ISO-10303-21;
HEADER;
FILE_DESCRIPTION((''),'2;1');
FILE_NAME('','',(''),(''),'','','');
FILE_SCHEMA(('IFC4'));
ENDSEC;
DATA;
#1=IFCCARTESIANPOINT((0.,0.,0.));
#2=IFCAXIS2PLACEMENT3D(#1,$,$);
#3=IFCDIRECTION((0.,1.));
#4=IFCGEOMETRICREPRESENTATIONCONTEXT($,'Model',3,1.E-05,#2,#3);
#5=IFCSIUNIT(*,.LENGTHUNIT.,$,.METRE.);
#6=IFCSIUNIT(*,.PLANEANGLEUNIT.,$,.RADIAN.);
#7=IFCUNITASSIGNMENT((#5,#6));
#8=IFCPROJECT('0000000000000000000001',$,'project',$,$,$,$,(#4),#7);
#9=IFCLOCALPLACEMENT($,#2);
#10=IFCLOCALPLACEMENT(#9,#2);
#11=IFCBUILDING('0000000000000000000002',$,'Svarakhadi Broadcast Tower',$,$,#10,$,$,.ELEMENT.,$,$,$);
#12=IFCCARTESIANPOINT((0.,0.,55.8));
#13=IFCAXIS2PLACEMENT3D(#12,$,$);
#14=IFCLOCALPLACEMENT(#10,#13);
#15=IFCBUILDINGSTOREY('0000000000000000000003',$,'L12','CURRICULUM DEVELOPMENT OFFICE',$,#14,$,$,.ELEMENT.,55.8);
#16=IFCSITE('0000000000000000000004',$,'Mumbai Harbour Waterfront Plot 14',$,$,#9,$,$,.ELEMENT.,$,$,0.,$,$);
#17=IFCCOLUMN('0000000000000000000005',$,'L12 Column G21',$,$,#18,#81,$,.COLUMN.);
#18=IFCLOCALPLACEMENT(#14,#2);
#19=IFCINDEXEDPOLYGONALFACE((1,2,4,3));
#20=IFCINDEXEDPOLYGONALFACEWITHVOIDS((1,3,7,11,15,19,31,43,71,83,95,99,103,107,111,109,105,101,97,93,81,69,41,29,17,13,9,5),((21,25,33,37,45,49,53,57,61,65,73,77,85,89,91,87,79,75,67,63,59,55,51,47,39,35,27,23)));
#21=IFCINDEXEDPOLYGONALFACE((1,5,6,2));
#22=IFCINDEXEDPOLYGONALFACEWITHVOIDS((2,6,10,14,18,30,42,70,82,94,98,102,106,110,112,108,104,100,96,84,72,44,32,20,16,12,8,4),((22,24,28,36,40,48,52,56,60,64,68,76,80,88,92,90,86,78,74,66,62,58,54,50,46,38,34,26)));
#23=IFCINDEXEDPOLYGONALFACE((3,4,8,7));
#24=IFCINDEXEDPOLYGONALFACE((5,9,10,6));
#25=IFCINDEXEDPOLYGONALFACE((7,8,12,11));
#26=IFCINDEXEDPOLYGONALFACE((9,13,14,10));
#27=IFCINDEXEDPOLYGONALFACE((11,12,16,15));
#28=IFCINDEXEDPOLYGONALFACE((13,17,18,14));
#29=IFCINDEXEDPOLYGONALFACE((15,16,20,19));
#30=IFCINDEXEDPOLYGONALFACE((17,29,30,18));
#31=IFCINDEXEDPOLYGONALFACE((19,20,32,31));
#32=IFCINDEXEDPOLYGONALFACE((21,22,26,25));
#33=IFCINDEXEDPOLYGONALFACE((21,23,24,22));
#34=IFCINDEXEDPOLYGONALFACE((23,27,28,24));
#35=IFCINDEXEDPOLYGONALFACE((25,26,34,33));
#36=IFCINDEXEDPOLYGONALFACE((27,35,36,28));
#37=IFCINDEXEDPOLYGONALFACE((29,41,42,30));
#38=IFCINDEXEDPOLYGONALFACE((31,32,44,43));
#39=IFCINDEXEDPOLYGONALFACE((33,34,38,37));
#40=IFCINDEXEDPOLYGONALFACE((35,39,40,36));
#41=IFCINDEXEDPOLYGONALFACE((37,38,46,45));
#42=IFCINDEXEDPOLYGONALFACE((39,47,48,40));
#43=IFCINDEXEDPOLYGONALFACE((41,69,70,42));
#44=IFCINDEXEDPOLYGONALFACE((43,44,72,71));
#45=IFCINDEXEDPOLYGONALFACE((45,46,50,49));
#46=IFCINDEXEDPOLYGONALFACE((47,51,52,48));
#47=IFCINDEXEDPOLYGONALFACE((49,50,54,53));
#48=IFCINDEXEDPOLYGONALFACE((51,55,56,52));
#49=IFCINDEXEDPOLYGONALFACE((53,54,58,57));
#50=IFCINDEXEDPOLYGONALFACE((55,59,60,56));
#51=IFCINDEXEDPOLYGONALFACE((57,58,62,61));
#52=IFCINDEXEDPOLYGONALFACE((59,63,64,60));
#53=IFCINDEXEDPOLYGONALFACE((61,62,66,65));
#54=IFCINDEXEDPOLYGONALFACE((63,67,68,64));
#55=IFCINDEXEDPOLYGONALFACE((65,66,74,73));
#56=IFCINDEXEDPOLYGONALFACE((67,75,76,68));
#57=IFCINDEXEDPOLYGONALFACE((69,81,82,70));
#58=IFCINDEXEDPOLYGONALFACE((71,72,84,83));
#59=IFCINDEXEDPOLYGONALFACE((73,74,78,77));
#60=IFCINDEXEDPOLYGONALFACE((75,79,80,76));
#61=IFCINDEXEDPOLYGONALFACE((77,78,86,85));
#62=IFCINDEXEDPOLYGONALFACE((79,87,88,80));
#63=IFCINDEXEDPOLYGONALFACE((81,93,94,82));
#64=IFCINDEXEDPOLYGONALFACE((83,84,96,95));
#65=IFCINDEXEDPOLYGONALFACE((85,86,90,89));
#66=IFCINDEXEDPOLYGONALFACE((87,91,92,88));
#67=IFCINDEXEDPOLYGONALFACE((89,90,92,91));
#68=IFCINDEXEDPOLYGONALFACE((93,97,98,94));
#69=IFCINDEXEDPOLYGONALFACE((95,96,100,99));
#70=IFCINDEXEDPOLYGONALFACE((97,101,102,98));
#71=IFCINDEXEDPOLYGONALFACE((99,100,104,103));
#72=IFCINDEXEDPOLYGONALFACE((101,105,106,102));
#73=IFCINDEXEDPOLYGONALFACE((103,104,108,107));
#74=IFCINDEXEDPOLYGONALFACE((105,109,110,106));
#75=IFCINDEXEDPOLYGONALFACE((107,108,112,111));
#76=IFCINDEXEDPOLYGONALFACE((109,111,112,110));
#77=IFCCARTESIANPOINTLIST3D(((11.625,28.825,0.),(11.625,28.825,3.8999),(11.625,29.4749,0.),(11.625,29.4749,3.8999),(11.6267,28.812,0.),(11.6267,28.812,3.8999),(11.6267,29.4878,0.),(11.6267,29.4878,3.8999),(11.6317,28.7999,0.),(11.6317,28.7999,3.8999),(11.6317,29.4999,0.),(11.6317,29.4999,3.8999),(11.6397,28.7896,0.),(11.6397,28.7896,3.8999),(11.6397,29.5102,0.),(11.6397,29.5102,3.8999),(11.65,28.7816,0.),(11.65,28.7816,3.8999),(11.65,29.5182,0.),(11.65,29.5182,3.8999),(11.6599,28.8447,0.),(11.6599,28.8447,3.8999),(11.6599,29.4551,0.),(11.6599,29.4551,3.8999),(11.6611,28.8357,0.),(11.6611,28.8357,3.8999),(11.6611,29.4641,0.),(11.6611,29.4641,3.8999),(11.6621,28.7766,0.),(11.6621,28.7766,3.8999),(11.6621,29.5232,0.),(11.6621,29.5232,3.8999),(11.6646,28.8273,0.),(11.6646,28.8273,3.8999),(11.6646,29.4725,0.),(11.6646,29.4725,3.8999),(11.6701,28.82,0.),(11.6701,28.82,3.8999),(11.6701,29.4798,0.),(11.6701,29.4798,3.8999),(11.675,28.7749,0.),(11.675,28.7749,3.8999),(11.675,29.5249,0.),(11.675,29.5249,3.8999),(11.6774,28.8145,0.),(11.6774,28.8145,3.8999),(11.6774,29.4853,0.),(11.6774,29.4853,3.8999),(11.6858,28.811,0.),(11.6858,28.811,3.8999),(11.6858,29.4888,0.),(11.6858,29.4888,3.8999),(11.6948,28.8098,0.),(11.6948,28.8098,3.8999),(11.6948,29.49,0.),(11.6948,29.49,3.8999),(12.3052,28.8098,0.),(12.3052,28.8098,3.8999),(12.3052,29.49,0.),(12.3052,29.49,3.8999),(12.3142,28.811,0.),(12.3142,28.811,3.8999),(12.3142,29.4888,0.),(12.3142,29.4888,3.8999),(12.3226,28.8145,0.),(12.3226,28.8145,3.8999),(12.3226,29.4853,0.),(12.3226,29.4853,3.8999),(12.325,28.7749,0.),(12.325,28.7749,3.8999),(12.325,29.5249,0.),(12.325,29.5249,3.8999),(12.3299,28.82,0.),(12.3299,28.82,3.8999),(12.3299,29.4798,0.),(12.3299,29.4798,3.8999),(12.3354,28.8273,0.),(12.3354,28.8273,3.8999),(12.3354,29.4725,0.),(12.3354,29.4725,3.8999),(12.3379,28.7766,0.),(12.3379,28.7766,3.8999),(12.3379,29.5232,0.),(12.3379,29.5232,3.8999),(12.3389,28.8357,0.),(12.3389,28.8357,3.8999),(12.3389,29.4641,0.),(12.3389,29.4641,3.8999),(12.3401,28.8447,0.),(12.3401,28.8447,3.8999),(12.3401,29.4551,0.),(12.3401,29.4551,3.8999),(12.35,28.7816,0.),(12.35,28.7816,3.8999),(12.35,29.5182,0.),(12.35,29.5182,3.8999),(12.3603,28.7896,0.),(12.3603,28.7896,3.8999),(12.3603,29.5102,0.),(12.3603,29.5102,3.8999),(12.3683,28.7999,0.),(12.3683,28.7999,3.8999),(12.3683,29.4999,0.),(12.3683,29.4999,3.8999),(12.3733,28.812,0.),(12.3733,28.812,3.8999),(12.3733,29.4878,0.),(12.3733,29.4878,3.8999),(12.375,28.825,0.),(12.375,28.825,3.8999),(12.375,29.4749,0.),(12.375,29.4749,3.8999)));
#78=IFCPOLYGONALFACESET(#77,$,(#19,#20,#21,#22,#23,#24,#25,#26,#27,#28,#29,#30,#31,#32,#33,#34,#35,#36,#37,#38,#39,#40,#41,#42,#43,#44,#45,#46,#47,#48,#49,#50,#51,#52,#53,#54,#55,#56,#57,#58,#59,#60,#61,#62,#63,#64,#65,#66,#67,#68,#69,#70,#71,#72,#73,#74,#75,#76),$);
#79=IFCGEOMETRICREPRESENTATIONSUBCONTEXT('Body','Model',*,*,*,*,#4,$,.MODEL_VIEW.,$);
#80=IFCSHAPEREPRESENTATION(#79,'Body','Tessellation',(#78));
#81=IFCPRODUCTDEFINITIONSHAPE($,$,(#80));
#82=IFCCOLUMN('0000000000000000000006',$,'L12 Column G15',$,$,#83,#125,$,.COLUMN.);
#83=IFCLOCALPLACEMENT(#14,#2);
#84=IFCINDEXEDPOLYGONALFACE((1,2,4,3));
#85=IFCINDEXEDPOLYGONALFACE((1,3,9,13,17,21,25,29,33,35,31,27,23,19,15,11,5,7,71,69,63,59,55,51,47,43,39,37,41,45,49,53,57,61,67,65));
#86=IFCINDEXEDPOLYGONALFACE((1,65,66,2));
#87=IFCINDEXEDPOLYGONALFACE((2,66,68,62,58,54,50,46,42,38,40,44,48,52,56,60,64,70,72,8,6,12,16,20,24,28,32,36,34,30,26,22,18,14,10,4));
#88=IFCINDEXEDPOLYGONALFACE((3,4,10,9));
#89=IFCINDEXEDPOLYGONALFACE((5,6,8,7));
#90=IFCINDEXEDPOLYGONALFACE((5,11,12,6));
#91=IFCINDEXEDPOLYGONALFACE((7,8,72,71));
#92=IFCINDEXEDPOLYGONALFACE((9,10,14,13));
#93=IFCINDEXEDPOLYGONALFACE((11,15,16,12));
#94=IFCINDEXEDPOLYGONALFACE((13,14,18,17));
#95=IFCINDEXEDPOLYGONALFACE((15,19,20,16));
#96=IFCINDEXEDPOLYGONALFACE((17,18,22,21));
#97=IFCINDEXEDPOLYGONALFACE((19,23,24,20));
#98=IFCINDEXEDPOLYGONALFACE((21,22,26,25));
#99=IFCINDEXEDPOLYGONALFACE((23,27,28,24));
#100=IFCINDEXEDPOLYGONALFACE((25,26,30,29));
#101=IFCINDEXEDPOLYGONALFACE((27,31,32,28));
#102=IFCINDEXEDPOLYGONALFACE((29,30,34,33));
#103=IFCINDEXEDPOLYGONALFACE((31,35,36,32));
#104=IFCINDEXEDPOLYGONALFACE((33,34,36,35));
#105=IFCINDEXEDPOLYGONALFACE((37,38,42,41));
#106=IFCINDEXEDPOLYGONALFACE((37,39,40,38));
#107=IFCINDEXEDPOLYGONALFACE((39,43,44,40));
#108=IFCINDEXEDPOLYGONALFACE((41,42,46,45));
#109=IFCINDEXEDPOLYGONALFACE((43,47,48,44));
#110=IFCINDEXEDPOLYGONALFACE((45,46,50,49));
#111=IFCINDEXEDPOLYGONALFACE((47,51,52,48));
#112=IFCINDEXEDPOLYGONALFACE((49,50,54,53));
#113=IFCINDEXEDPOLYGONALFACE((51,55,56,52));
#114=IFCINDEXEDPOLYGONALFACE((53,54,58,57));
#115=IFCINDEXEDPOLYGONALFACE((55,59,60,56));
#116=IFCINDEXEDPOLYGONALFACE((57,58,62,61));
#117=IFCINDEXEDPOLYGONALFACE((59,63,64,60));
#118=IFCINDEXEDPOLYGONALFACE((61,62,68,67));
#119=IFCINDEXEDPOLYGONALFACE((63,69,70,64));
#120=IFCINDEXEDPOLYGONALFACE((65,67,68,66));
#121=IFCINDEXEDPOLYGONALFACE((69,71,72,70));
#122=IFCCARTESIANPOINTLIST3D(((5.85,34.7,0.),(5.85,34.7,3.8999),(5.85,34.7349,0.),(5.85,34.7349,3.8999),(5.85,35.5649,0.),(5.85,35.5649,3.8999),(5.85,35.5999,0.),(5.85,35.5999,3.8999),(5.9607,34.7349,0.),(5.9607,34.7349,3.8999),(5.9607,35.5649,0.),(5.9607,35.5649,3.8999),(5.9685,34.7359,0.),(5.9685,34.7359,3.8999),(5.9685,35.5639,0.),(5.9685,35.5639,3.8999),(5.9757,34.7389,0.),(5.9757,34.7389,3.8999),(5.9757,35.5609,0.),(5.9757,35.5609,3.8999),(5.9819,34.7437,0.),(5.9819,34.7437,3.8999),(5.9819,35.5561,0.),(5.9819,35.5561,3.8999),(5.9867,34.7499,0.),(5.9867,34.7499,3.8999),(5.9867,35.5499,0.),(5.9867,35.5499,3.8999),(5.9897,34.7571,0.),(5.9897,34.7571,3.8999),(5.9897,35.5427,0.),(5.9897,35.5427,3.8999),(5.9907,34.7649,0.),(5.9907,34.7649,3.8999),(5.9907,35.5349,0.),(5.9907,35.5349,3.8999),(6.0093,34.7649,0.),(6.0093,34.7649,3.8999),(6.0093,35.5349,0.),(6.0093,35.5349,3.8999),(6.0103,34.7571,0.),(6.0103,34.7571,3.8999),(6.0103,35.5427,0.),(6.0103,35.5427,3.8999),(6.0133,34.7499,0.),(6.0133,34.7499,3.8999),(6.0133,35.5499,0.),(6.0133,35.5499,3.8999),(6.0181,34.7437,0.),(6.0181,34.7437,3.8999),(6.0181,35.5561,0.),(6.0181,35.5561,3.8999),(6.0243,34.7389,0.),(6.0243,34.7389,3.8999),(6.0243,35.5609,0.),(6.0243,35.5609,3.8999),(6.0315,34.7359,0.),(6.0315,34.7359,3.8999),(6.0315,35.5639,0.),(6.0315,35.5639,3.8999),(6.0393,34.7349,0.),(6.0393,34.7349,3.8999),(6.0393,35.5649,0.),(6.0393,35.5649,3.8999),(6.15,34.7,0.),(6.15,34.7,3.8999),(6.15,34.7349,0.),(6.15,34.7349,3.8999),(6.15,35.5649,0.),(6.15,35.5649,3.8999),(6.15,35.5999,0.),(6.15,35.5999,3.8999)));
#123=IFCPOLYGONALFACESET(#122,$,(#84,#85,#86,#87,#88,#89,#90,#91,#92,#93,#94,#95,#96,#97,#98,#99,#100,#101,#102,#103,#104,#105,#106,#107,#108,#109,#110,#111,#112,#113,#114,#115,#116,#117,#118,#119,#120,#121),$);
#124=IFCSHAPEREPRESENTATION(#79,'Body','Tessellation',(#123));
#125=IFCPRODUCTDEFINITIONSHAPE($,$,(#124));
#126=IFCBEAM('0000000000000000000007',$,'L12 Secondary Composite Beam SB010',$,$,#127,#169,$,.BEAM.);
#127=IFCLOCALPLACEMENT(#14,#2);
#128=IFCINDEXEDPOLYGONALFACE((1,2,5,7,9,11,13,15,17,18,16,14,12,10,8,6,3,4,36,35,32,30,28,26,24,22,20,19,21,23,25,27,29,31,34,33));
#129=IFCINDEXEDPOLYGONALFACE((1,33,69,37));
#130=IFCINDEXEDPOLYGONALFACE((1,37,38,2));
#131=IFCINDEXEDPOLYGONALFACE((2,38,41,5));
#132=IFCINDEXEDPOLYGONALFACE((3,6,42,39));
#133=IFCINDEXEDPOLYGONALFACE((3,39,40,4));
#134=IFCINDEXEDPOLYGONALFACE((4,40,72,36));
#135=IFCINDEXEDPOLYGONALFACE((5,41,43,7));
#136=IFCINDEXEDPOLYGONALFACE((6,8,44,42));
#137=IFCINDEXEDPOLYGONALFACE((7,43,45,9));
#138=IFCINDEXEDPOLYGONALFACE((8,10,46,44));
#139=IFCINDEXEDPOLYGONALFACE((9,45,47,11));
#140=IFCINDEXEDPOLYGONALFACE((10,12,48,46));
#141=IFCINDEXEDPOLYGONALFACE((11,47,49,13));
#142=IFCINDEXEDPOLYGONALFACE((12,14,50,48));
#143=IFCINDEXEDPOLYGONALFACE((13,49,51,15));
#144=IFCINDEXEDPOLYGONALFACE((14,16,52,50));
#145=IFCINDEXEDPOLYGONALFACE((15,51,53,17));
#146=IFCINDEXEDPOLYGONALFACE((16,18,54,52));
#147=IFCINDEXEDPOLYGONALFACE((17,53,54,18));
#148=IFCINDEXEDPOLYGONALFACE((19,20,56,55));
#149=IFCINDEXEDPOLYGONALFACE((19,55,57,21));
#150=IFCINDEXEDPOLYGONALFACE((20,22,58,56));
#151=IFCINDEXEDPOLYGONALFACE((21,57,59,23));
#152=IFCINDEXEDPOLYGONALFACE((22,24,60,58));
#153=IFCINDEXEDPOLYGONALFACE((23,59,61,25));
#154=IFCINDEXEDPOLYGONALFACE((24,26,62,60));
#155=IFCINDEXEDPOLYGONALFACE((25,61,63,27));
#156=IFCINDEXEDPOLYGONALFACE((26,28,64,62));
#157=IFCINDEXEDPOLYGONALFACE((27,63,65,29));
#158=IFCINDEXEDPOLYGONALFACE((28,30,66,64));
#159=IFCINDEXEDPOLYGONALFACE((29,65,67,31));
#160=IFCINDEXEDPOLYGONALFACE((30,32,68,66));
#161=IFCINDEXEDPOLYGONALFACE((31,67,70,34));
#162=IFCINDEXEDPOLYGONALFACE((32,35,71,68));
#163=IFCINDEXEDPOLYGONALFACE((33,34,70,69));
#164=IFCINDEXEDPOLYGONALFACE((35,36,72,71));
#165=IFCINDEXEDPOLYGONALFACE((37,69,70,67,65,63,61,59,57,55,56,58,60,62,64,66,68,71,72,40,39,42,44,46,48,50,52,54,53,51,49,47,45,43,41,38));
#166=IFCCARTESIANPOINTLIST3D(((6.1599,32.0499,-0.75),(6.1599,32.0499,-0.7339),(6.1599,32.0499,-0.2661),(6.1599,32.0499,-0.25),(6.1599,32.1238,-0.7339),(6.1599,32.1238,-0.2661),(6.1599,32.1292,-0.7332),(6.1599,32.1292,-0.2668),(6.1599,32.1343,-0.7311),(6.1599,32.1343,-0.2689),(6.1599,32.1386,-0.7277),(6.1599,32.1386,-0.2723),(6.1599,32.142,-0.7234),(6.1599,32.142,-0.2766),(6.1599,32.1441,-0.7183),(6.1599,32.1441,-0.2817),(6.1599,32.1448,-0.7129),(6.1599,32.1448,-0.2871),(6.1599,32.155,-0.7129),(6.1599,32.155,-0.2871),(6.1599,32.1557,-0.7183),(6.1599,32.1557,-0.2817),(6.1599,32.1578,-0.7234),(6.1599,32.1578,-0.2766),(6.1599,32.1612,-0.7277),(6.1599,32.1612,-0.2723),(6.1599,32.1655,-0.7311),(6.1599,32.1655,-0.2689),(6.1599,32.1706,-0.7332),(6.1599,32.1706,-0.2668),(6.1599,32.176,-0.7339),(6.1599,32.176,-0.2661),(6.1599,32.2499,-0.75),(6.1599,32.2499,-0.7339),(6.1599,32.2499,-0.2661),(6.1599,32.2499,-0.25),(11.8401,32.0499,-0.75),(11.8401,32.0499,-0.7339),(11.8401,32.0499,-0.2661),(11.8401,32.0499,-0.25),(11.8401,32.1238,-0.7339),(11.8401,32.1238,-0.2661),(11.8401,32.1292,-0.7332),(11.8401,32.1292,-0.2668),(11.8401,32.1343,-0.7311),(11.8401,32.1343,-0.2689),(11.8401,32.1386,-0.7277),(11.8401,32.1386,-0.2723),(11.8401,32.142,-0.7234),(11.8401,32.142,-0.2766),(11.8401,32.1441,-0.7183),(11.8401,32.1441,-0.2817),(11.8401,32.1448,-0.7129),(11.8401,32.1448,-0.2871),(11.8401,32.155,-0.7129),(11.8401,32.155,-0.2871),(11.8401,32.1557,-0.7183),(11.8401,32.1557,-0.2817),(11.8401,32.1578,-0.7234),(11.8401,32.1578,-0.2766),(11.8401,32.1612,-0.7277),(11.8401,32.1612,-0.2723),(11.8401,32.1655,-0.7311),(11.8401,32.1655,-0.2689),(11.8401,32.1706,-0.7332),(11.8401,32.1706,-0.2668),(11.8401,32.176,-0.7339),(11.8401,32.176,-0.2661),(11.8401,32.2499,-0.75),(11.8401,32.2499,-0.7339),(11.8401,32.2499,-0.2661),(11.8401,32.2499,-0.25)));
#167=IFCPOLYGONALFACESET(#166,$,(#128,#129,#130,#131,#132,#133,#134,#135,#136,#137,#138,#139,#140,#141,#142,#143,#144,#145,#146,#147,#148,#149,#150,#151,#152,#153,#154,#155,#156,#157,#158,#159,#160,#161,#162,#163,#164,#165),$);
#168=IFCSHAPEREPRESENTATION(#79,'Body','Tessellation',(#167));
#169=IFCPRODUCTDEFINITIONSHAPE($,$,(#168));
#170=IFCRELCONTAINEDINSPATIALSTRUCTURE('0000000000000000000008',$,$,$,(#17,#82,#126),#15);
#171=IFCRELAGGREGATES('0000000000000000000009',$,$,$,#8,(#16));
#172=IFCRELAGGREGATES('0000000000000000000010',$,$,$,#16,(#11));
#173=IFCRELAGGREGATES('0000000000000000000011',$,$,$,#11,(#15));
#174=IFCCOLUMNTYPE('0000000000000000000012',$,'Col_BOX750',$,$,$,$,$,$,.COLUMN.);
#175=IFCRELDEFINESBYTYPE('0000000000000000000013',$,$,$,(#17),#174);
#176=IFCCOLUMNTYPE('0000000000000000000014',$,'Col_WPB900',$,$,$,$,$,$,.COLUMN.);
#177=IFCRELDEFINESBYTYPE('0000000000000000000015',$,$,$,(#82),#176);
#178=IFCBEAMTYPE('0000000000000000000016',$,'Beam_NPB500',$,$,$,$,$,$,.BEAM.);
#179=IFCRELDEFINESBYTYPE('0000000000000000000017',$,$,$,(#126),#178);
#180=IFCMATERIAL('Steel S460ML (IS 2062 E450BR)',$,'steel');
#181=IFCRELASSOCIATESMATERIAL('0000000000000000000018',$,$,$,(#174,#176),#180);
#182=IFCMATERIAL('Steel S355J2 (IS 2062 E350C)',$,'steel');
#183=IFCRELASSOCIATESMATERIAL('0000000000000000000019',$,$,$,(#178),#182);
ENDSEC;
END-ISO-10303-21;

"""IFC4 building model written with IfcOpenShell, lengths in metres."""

from ifc_helpers import new_model, si_unit, direction, frame, origin, origin_2d, place, context, subcontext, project, spatial, hollow_rectangle, i_section, extrude, material, material_profile, profile_set, type_object, element, save


model = new_model("IFC4")

# Units and contexts
model_context = context("Model", 3, precision=1e-05, world=origin(), true_north=direction((0.0, 1.0)))
body_context = subcontext(model_context, "Body", "Model", "MODEL_VIEW")
ifc_project = project(units=[si_unit("LENGTHUNIT", "METRE"), si_unit("PLANEANGLEUNIT", "RADIAN")], contexts=[model_context])

# Site, building, storey
site_placement = place(None, origin())
site = spatial("IfcSite", under=ifc_project, at=site_placement, Name="Mumbai Harbour Waterfront Plot 14", CompositionType="ELEMENT", RefElevation=0.0)
building_placement = place(site_placement, origin())
building = spatial("IfcBuilding", under=site, at=building_placement, Name="Svarakhadi Broadcast Tower", CompositionType="ELEMENT")
storey_placement = place(building_placement, frame((0.0, 0.0, 55.8)))
storey = spatial("IfcBuildingStorey", under=building, at=storey_placement, Name="L12", Description="CURRICULUM DEVELOPMENT OFFICE", CompositionType="ELEMENT", Elevation=55.8)

# Columns
ifc_material_1 = material(Name="Steel S460ML (IS 2062 E450BR)", Category="steel")
ifc_material_profile_1 = material_profile(ifc_material_1, hollow_rectangle(XDim=0.75, YDim=0.75, WallThickness=0.0349, InnerFilletRadius=0.0349, OuterFilletRadius=0.05, at=origin_2d()), Name="BOX 750x750x35")
ifc_profile_set_1 = profile_set([ifc_material_profile_1], Name="Steel S460ML (IS 2062 E450BR)")
column_type_1 = type_object("IfcColumnType", Name="Col_BOX750", PredefinedType="COLUMN", material=ifc_profile_set_1)
column_1_placement = place(storey_placement, frame((12.0, 29.1499, 0.0), z_axis=(0.0, 0.0, 1.0), x_axis=(1.0, 0.0, 0.0)))
element("IfcColumn", 1, at=column_1_placement, inside=storey, type_object=column_type_1, Name="L12 Column G21", PredefinedType="COLUMN", context=body_context, shape_type="SweptSolid", body=[
    extrude(hollow_rectangle(XDim=0.75, YDim=0.75, WallThickness=0.0349, InnerFilletRadius=0.0349, OuterFilletRadius=0.05, at=origin_2d()), origin(), (0.0, 0.0, 1.0), 3.8999),
])
ifc_material_profile_2 = material_profile(ifc_material_1, i_section(OverallWidth=0.3, OverallDepth=0.8999, WebThickness=0.0186, FlangeThickness=0.0349, FilletRadius=0.03, at=origin_2d()), Name="WPB 900x300x291")
ifc_profile_set_2 = profile_set([ifc_material_profile_2], Name="Steel S460ML (IS 2062 E450BR)")
column_type_2 = type_object("IfcColumnType", Name="Col_WPB900", PredefinedType="COLUMN", material=ifc_profile_set_2)
column_2_placement = place(storey_placement, frame((6.0, 35.1499, 0.0), z_axis=(0.0, 0.0, 1.0), x_axis=(1.0, 0.0, 0.0)))
element("IfcColumn", 2, at=column_2_placement, inside=storey, type_object=column_type_2, Name="L12 Column G15", PredefinedType="COLUMN", context=body_context, shape_type="SweptSolid", body=[
    extrude(i_section(OverallWidth=0.3, OverallDepth=0.8999, WebThickness=0.0186, FlangeThickness=0.0349, FilletRadius=0.03, at=origin_2d()), origin(), (0.0, 0.0, 1.0), 3.8999),
])

# Beam
ifc_material_2 = material(Name="Steel S355J2 (IS 2062 E350C)", Category="steel")
ifc_material_profile_3 = material_profile(ifc_material_2, i_section(OverallWidth=0.2, OverallDepth=0.5, WebThickness=0.0103, FlangeThickness=0.0161, FilletRadius=0.021, at=origin_2d()), Name="NPB 500x200x91")
ifc_profile_set_3 = profile_set([ifc_material_profile_3], Name="Steel S355J2 (IS 2062 E350C)")
beam_type_1 = type_object("IfcBeamType", Name="Beam_NPB500", PredefinedType="BEAM", material=ifc_profile_set_3)
beam_placement = place(storey_placement, frame((6.1599, 32.1499, -0.5), z_axis=(1.0, 0.0, 0.0), x_axis=(0.0, 1.0, 0.0)))
element("IfcBeam", 3, at=beam_placement, inside=storey, type_object=beam_type_1, Name="L12 Secondary Composite Beam SB010", PredefinedType="BEAM", context=body_context, shape_type="SweptSolid", body=[
    extrude(i_section(OverallWidth=0.2, OverallDepth=0.5, WebThickness=0.0103, FlangeThickness=0.0161, FilletRadius=0.021, at=origin_2d()), origin(), (0.0, 0.0, 1.0), 5.6802),
])

save(model, "model.ifc")
